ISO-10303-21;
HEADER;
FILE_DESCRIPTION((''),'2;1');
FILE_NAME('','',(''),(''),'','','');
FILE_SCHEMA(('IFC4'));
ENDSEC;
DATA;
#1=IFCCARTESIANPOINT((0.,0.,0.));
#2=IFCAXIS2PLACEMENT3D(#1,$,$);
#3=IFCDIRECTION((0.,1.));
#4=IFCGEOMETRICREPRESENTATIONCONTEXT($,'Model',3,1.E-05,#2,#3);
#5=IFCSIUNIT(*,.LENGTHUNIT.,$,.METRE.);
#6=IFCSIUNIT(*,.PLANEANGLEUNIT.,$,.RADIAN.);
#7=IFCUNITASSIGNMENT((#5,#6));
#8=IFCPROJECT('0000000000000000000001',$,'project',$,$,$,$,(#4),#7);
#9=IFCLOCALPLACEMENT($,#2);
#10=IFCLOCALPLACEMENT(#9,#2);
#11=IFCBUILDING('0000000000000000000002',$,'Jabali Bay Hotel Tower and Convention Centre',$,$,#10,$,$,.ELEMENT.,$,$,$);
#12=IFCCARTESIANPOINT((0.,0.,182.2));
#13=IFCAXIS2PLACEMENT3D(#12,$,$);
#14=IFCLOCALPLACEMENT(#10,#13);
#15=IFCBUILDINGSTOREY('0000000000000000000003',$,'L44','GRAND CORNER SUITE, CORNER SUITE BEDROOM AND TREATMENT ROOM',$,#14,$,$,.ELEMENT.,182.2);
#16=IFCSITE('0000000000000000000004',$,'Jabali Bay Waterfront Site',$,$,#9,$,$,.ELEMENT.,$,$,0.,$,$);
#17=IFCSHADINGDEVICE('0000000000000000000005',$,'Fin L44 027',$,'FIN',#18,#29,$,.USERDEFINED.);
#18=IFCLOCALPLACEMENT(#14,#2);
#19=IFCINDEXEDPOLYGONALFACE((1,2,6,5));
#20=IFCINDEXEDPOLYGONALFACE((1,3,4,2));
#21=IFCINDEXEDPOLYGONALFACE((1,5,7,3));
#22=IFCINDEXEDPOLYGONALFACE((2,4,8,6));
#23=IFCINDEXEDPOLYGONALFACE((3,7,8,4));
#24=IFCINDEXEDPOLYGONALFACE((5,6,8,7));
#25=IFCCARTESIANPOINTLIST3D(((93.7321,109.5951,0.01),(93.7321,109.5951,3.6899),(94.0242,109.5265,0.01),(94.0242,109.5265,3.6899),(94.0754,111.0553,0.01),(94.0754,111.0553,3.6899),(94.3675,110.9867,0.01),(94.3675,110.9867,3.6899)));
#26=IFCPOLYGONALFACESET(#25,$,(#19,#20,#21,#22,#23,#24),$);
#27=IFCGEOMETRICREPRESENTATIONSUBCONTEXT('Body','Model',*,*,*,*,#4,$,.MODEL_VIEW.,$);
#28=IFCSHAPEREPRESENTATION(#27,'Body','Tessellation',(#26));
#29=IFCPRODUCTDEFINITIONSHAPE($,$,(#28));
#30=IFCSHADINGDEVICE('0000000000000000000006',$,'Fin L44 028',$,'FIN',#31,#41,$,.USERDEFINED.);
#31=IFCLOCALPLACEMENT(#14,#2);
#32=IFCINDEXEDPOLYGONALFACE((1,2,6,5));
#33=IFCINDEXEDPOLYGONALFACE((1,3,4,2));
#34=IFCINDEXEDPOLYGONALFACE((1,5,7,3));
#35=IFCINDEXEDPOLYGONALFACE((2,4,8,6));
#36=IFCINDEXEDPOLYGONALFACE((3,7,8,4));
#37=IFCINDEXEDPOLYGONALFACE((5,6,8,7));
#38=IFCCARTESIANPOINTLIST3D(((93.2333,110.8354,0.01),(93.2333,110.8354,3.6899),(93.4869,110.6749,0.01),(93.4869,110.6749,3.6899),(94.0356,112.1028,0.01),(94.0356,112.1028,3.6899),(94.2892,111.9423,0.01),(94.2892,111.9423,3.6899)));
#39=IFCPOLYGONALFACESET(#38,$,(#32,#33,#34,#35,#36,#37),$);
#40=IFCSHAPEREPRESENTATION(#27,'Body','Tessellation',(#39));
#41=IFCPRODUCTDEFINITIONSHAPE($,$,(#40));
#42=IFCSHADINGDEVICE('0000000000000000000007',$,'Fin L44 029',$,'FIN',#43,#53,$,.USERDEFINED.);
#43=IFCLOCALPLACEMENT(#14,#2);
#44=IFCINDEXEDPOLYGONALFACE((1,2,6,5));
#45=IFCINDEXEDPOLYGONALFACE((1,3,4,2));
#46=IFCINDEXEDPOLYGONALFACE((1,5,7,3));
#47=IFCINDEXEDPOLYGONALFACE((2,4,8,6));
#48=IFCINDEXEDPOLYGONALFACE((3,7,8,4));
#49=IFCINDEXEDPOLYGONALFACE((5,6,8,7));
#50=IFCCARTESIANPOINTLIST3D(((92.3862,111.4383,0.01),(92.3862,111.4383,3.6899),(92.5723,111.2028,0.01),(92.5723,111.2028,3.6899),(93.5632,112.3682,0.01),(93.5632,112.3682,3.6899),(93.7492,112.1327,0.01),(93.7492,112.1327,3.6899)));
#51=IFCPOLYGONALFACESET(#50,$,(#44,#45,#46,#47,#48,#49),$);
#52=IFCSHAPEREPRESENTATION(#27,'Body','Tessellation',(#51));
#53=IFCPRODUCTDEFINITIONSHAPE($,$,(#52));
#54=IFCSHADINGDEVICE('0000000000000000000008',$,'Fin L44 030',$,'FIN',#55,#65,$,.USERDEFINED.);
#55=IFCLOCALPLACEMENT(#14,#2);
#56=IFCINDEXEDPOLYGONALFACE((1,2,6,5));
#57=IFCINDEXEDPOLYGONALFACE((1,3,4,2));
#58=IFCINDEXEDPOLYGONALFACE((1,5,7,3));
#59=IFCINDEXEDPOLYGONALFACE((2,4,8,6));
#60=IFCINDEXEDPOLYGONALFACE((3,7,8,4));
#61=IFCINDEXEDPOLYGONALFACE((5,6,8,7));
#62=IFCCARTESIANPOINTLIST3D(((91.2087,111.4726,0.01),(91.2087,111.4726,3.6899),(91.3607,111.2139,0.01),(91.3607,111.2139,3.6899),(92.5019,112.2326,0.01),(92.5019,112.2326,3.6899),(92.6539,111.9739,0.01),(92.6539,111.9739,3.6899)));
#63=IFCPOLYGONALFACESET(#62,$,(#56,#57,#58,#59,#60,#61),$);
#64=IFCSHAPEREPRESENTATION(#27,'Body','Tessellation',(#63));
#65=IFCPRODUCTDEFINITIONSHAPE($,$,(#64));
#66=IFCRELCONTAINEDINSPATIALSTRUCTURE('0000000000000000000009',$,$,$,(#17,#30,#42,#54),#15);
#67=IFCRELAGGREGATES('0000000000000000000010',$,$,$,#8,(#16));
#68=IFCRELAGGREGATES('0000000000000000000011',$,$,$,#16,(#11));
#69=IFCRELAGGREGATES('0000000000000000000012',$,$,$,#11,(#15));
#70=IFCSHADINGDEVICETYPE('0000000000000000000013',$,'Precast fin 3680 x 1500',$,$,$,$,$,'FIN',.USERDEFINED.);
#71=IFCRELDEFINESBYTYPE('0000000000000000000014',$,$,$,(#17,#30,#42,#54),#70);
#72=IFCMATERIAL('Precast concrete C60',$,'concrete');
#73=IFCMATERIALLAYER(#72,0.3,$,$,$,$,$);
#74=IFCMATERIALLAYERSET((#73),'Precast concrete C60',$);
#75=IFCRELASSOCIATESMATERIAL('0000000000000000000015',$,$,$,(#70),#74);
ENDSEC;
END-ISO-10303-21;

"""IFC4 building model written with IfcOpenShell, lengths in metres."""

from ifc_helpers import new_model, si_unit, direction, frame, frame_2d, origin, place, context, subcontext, project, spatial, rectangle, extrude, material, layer, layer_set, type_object, element, save


model = new_model("IFC4")

# Units and contexts
model_context = context("Model", 3, precision=1e-05, world=origin(), true_north=direction((0.0, 1.0)))
body_context = subcontext(model_context, "Body", "Model", "MODEL_VIEW")
ifc_project = project(units=[si_unit("LENGTHUNIT", "METRE"), si_unit("PLANEANGLEUNIT", "RADIAN")], contexts=[model_context])

# Site, building, storey
site_placement = place(None, origin())
site = spatial("IfcSite", under=ifc_project, at=site_placement, Name="Jabali Bay Waterfront Site", CompositionType="ELEMENT", RefElevation=0.0)
building_placement = place(site_placement, origin())
building = spatial("IfcBuilding", under=site, at=building_placement, Name="Jabali Bay Hotel Tower and Convention Centre", CompositionType="ELEMENT")
storey_placement = place(building_placement, frame((0.0, 0.0, 182.2)))
storey = spatial("IfcBuildingStorey", under=building, at=storey_placement, Name="L44", Description="GRAND CORNER SUITE, CORNER SUITE BEDROOM AND TREATMENT ROOM", CompositionType="ELEMENT", Elevation=182.2)

# Shading devices
ifc_material_1 = material(Name="Precast concrete C60", Category="concrete")
ifc_layer_1 = layer(ifc_material_1, 0.3)
ifc_layer_set_1 = layer_set([ifc_layer_1], Name="Precast concrete C60")
shading_device_type_1 = type_object("IfcShadingDeviceType", Name="Precast fin 3680 x 1500", ElementType="FIN", PredefinedType="USERDEFINED", material=ifc_layer_set_1)
for number, where, z_axis, x_axis, name in (
    (1, (93.8782, 109.5608, 0.01), (0.0, 0.0, 1.0), (0.22884, 0.973464, 0.0), "Fin L44 027"),
    (2, (93.3601, 110.7551, 0.01), (0.0, 0.0, 1.0), (0.534862, 0.844939, 0.0), "Fin L44 028"),
    (3, (92.4792, 111.3206, 0.01), (0.0, 0.0, 1.0), (0.784649, 0.61994, 0.0), "Fin L44 029"),
    (4, (91.2847, 111.3433, 0.01), (0.0, 0.0, 1.0), (0.862139, 0.506672, 0.0), "Fin L44 030"),
):
    element("IfcShadingDevice", number, at=place(storey_placement, frame(where, z_axis=z_axis, x_axis=x_axis)), inside=storey, type_object=shading_device_type_1, Name=name, ObjectType="FIN", PredefinedType="USERDEFINED", context=body_context, shape_type="SweptSolid", body=[
        extrude(rectangle(XDim=1.5, YDim=0.3, at=frame_2d((0.75, 0.0))), origin(), (0.0, 0.0, 1.0), 3.6799),
    ])

save(model, "model.ifc")
